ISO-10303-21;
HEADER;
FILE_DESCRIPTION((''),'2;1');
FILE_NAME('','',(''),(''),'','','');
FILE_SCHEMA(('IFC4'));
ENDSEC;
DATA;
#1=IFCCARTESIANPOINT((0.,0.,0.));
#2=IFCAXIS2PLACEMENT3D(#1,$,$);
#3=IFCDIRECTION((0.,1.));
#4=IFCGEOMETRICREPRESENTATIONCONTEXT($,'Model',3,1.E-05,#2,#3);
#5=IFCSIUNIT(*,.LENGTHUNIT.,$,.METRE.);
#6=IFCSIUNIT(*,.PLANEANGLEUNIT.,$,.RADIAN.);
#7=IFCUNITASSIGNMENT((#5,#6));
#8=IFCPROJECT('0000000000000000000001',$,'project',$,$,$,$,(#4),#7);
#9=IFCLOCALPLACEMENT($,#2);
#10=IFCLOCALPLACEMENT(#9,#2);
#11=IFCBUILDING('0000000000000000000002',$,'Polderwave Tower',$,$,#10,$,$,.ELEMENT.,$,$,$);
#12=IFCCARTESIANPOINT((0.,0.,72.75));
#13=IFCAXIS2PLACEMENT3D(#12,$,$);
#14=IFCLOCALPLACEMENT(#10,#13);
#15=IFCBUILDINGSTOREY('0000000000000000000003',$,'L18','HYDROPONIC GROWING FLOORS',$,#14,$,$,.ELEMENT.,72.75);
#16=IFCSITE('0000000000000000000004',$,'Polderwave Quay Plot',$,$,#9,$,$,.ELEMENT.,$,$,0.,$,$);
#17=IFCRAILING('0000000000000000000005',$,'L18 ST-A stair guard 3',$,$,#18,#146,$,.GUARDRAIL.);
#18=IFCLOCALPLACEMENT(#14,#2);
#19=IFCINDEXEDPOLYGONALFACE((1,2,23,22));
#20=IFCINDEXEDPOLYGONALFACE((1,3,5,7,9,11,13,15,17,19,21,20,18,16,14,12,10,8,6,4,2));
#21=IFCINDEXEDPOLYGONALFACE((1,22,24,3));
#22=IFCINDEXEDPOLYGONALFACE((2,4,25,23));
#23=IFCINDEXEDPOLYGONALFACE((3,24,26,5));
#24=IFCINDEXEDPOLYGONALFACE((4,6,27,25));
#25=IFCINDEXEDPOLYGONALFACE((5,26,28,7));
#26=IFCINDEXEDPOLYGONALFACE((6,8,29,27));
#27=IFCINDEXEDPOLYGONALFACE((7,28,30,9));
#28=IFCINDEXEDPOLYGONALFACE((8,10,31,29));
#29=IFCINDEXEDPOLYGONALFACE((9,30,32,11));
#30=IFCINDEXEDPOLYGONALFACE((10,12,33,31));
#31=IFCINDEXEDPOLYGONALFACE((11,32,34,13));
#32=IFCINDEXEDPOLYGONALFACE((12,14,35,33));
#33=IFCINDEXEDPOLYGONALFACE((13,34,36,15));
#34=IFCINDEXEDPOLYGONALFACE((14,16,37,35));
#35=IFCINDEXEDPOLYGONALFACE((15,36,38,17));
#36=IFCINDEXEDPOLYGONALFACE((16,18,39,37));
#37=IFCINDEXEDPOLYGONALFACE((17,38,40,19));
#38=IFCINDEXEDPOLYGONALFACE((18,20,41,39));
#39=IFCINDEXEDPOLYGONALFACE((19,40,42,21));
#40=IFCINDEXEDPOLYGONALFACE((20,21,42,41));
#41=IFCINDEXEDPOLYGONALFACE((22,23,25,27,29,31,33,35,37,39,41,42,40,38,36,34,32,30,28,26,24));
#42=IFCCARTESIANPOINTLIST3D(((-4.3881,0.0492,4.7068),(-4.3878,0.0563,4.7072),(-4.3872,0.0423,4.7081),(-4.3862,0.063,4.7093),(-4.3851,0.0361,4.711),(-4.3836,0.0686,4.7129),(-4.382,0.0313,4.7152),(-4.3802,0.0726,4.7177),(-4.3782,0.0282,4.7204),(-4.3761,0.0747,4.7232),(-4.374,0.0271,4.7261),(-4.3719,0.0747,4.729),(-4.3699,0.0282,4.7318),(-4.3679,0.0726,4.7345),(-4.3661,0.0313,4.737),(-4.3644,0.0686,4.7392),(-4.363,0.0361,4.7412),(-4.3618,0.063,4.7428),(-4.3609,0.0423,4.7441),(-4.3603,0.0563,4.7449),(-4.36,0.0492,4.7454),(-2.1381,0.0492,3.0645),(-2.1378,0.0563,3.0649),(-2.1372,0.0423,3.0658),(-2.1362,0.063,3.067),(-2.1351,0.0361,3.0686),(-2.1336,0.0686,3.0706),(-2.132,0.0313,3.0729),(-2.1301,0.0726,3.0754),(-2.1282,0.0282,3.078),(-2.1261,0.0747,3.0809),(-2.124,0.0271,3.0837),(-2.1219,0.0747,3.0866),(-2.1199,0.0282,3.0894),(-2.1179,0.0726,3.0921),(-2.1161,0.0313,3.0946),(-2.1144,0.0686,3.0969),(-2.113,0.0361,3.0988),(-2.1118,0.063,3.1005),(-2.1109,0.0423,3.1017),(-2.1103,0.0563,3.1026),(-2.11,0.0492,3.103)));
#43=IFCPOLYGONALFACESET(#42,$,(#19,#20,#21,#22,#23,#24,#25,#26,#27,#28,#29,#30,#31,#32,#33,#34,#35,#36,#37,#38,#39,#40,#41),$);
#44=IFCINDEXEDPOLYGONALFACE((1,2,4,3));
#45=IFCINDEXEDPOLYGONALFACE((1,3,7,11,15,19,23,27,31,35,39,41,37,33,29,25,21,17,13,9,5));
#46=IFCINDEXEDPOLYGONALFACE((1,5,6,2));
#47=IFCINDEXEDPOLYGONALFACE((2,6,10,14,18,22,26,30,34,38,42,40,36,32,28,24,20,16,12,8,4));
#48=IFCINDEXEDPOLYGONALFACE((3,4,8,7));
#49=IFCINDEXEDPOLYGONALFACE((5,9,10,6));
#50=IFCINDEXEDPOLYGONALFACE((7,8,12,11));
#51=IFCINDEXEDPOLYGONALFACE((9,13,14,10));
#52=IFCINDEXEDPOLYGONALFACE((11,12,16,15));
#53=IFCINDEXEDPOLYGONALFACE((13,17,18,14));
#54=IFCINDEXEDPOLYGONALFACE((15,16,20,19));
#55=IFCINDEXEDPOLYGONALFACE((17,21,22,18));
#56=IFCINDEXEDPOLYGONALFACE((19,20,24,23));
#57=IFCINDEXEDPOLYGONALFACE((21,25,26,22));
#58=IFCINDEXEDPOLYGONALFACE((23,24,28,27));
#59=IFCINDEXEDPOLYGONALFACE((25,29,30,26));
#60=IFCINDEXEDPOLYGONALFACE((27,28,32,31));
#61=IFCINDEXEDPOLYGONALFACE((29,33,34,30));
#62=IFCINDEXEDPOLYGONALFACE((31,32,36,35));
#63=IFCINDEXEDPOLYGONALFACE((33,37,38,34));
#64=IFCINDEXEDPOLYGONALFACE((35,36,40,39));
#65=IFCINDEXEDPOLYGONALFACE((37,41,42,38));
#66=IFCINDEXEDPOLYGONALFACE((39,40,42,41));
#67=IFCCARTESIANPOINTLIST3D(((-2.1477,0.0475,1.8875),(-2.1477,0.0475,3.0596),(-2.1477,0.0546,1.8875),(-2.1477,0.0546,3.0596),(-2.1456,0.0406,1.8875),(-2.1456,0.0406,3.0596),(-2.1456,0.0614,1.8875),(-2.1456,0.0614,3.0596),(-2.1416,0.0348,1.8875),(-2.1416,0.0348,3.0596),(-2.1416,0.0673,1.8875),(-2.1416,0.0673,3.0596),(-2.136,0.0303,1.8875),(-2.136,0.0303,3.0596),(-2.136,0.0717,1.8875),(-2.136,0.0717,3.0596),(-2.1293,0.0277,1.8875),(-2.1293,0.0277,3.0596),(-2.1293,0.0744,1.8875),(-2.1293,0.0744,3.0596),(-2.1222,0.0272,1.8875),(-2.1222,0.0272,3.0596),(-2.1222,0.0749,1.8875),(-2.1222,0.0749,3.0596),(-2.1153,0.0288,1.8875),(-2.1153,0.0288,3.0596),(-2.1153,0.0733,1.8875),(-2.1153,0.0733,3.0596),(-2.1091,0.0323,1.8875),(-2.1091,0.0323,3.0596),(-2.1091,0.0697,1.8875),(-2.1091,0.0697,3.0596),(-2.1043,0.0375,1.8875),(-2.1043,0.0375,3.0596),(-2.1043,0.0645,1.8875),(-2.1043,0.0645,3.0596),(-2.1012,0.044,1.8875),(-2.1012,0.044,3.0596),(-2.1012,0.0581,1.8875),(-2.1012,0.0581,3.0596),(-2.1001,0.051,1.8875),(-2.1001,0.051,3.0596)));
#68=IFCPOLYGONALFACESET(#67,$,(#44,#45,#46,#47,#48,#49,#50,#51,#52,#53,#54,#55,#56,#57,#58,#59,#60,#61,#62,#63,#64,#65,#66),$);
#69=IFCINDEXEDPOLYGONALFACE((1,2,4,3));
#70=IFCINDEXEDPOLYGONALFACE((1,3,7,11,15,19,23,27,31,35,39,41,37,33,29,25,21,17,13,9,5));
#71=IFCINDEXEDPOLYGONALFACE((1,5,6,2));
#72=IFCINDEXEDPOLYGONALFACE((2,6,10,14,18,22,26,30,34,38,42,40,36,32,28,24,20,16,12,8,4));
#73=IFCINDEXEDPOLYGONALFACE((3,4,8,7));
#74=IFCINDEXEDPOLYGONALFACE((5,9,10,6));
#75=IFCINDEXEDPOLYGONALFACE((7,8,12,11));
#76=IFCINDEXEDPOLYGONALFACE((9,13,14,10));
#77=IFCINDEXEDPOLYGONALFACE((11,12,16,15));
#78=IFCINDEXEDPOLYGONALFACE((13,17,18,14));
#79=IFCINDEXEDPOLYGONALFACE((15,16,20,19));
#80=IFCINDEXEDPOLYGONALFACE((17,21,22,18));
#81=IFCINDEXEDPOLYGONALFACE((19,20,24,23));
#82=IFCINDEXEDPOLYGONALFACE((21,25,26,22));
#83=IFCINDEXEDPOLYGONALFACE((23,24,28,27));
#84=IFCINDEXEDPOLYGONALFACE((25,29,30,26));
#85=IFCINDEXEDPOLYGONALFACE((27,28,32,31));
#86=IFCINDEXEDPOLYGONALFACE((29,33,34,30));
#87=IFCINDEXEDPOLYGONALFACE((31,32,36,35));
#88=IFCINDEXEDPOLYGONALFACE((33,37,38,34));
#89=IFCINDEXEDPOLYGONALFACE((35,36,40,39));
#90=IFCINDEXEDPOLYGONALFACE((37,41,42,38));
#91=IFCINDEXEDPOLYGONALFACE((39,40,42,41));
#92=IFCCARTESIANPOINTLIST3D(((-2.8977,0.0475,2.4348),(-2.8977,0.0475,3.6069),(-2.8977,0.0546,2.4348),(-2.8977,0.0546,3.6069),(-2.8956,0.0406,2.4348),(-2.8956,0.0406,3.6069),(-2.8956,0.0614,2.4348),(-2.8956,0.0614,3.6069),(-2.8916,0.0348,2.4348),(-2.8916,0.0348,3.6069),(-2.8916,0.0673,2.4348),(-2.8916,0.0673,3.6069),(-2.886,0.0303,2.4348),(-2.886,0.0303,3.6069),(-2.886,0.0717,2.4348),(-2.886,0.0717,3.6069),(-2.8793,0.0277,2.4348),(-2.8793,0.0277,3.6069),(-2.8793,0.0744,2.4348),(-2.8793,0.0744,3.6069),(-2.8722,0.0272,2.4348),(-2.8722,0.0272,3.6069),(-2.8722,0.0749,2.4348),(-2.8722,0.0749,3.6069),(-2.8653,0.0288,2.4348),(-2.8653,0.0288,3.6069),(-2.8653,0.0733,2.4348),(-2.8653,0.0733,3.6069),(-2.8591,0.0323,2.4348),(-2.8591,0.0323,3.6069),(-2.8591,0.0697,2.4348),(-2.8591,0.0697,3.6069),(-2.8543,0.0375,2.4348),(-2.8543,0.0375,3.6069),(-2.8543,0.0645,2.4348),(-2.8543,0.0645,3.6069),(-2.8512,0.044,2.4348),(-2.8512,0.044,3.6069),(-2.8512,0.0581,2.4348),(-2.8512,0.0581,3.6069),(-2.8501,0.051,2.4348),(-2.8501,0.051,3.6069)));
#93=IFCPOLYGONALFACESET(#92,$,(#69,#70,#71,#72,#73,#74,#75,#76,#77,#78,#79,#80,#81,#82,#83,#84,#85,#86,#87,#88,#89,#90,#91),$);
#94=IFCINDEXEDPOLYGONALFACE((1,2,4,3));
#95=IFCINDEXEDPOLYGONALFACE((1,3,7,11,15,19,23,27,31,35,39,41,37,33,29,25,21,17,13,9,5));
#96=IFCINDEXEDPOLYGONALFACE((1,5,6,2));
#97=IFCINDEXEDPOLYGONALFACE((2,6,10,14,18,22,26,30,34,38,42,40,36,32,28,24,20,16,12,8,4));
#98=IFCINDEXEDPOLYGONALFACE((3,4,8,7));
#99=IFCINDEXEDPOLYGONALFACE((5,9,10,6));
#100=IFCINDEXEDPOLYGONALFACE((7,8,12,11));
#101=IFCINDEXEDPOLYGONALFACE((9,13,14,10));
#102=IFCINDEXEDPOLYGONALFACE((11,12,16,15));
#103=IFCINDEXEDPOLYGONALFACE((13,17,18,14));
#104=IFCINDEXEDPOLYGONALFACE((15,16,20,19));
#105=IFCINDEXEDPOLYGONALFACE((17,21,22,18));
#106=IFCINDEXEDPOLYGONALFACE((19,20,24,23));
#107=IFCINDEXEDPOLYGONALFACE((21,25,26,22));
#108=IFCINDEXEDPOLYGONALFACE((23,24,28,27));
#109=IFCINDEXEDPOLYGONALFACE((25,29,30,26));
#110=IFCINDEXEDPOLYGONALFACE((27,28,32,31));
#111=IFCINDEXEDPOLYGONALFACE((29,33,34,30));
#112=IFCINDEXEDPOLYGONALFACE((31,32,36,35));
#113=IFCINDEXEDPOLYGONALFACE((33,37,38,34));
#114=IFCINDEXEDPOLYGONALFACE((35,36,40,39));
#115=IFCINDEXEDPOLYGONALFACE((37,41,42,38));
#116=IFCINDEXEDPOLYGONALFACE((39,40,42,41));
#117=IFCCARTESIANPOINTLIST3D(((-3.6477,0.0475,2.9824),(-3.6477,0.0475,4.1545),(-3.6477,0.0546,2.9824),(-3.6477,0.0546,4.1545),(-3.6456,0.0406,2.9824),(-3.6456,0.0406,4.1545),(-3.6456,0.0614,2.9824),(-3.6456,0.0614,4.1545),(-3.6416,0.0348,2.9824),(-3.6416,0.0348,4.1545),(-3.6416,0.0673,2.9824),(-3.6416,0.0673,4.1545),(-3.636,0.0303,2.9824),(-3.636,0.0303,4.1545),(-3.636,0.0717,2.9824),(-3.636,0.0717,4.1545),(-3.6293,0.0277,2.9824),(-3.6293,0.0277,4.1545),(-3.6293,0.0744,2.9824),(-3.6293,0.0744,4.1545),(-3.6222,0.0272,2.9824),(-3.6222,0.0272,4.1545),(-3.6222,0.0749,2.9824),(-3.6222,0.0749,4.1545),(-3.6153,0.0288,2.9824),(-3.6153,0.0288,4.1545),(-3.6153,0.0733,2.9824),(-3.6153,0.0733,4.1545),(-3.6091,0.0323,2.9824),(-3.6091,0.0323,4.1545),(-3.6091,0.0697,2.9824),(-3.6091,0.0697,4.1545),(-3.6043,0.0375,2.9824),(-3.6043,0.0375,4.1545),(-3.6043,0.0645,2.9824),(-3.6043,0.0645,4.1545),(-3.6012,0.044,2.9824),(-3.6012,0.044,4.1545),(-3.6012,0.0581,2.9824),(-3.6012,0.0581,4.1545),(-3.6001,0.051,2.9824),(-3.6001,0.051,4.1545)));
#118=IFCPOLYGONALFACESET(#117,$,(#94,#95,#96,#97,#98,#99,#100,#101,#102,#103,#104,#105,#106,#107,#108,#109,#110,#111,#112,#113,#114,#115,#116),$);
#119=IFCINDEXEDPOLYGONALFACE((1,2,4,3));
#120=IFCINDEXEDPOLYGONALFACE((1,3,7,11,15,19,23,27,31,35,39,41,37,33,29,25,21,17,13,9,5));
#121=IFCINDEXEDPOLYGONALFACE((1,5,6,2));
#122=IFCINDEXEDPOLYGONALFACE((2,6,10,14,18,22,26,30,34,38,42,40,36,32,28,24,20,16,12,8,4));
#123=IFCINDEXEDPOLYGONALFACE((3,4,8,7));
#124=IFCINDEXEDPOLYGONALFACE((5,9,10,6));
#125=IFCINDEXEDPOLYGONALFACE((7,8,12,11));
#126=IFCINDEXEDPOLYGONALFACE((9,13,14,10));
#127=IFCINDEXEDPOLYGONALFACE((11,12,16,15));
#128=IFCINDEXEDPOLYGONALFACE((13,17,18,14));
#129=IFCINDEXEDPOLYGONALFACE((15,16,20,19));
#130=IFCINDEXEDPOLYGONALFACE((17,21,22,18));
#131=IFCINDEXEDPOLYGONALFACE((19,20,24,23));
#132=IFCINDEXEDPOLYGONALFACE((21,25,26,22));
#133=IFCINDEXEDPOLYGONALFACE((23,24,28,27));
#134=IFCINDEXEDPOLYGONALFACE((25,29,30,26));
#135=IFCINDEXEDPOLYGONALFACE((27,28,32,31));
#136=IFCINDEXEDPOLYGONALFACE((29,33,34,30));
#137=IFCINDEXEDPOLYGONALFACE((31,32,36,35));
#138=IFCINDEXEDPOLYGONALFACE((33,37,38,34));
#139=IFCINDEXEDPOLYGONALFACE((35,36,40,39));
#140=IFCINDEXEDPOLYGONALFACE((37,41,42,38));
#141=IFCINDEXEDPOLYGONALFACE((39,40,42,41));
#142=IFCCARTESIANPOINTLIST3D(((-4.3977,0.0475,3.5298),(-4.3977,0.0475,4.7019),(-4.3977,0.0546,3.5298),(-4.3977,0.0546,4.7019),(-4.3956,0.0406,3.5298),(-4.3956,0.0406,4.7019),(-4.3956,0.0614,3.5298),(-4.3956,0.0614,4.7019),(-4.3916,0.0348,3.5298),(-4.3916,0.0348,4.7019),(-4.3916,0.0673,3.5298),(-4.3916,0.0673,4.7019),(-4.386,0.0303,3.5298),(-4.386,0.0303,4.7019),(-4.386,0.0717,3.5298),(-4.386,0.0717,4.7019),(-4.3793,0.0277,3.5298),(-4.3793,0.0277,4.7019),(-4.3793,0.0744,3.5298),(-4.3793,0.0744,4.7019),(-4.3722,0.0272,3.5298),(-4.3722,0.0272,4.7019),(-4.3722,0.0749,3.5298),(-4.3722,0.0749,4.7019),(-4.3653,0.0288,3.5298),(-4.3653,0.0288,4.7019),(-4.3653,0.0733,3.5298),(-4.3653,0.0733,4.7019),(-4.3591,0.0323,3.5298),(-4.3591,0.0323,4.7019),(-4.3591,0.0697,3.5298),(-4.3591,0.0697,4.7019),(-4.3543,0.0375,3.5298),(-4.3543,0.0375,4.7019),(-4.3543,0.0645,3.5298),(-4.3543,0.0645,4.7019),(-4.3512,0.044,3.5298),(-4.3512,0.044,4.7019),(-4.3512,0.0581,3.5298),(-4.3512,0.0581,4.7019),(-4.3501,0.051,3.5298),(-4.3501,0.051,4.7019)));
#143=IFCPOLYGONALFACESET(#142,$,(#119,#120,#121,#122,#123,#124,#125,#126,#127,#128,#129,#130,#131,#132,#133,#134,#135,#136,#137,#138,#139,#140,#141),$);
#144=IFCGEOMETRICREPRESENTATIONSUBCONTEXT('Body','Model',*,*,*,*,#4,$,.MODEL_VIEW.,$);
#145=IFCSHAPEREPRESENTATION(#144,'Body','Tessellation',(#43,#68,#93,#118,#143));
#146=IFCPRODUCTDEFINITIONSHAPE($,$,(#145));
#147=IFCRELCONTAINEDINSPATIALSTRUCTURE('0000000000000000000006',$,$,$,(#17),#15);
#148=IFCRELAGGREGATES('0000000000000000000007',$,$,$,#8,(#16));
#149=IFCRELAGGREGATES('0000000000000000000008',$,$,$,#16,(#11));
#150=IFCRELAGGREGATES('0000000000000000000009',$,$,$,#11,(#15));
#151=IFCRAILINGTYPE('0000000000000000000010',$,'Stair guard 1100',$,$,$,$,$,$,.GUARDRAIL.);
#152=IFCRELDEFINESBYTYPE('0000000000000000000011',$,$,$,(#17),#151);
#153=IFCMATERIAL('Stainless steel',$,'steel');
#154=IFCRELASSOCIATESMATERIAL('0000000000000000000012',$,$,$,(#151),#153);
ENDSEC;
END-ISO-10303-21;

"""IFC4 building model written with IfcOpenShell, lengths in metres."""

from ifc_helpers import new_model, si_unit, direction, frame, origin, origin_2d, place, context, subcontext, project, spatial, circle, extrude, material, type_object, element, save


model = new_model("IFC4")

# Units and contexts
model_context = context("Model", 3, precision=1e-05, world=origin(), true_north=direction((0.0, 1.0)))
body_context = subcontext(model_context, "Body", "Model", "MODEL_VIEW")
ifc_project = project(units=[si_unit("LENGTHUNIT", "METRE"), si_unit("PLANEANGLEUNIT", "RADIAN")], contexts=[model_context])

# Site, building, storey
site_placement = place(None, origin())
site = spatial("IfcSite", under=ifc_project, at=site_placement, Name="Polderwave Quay Plot", CompositionType="ELEMENT", RefElevation=0.0)
building_placement = place(site_placement, origin())
building = spatial("IfcBuilding", under=site, at=building_placement, Name="Polderwave Tower", CompositionType="ELEMENT")
storey_placement = place(building_placement, frame((0.0, 0.0, 72.75)))
storey = spatial("IfcBuildingStorey", under=building, at=storey_placement, Name="L18", Description="HYDROPONIC GROWING FLOORS", CompositionType="ELEMENT", Elevation=72.75)

# Railing
ifc_material_1 = material(Name="Stainless steel", Category="steel")
railing_type_1 = type_object("IfcRailingType", Name="Stair guard 1100", PredefinedType="GUARDRAIL", material=ifc_material_1)
railing_1_placement = place(storey_placement, frame((-2.124, 0.051, 1.8875)))
element("IfcRailing", 1, at=railing_1_placement, inside=storey, type_object=railing_type_1, Name="L18 ST-A stair guard 3", PredefinedType="GUARDRAIL", context=body_context, shape_type="SweptSolid", body=[
    extrude(circle(Radius=0.0239, at=origin_2d()), frame((0.0, 0.0, 1.1963), z_axis=(-0.807715, 0.0, 0.589573), x_axis=(0.0, -1.0, 0.0)), (0.0, 0.0, 1.0), 2.7856),
    extrude(circle(Radius=0.0239, at=origin_2d()), origin(), (0.0, 0.0, 1.0), 1.1721),
    extrude(circle(Radius=0.0239, at=origin_2d()), frame((-0.75, 0.0, 0.5474)), (0.0, 0.0, 1.0), 1.1721),
    extrude(circle(Radius=0.0239, at=origin_2d()), frame((-1.5, 0.0, 1.095)), (0.0, 0.0, 1.0), 1.1721),
    extrude(circle(Radius=0.0239, at=origin_2d()), frame((-2.25, 0.0, 1.6423)), (0.0, 0.0, 1.0), 1.1721),
])

save(model, "model.ifc")
